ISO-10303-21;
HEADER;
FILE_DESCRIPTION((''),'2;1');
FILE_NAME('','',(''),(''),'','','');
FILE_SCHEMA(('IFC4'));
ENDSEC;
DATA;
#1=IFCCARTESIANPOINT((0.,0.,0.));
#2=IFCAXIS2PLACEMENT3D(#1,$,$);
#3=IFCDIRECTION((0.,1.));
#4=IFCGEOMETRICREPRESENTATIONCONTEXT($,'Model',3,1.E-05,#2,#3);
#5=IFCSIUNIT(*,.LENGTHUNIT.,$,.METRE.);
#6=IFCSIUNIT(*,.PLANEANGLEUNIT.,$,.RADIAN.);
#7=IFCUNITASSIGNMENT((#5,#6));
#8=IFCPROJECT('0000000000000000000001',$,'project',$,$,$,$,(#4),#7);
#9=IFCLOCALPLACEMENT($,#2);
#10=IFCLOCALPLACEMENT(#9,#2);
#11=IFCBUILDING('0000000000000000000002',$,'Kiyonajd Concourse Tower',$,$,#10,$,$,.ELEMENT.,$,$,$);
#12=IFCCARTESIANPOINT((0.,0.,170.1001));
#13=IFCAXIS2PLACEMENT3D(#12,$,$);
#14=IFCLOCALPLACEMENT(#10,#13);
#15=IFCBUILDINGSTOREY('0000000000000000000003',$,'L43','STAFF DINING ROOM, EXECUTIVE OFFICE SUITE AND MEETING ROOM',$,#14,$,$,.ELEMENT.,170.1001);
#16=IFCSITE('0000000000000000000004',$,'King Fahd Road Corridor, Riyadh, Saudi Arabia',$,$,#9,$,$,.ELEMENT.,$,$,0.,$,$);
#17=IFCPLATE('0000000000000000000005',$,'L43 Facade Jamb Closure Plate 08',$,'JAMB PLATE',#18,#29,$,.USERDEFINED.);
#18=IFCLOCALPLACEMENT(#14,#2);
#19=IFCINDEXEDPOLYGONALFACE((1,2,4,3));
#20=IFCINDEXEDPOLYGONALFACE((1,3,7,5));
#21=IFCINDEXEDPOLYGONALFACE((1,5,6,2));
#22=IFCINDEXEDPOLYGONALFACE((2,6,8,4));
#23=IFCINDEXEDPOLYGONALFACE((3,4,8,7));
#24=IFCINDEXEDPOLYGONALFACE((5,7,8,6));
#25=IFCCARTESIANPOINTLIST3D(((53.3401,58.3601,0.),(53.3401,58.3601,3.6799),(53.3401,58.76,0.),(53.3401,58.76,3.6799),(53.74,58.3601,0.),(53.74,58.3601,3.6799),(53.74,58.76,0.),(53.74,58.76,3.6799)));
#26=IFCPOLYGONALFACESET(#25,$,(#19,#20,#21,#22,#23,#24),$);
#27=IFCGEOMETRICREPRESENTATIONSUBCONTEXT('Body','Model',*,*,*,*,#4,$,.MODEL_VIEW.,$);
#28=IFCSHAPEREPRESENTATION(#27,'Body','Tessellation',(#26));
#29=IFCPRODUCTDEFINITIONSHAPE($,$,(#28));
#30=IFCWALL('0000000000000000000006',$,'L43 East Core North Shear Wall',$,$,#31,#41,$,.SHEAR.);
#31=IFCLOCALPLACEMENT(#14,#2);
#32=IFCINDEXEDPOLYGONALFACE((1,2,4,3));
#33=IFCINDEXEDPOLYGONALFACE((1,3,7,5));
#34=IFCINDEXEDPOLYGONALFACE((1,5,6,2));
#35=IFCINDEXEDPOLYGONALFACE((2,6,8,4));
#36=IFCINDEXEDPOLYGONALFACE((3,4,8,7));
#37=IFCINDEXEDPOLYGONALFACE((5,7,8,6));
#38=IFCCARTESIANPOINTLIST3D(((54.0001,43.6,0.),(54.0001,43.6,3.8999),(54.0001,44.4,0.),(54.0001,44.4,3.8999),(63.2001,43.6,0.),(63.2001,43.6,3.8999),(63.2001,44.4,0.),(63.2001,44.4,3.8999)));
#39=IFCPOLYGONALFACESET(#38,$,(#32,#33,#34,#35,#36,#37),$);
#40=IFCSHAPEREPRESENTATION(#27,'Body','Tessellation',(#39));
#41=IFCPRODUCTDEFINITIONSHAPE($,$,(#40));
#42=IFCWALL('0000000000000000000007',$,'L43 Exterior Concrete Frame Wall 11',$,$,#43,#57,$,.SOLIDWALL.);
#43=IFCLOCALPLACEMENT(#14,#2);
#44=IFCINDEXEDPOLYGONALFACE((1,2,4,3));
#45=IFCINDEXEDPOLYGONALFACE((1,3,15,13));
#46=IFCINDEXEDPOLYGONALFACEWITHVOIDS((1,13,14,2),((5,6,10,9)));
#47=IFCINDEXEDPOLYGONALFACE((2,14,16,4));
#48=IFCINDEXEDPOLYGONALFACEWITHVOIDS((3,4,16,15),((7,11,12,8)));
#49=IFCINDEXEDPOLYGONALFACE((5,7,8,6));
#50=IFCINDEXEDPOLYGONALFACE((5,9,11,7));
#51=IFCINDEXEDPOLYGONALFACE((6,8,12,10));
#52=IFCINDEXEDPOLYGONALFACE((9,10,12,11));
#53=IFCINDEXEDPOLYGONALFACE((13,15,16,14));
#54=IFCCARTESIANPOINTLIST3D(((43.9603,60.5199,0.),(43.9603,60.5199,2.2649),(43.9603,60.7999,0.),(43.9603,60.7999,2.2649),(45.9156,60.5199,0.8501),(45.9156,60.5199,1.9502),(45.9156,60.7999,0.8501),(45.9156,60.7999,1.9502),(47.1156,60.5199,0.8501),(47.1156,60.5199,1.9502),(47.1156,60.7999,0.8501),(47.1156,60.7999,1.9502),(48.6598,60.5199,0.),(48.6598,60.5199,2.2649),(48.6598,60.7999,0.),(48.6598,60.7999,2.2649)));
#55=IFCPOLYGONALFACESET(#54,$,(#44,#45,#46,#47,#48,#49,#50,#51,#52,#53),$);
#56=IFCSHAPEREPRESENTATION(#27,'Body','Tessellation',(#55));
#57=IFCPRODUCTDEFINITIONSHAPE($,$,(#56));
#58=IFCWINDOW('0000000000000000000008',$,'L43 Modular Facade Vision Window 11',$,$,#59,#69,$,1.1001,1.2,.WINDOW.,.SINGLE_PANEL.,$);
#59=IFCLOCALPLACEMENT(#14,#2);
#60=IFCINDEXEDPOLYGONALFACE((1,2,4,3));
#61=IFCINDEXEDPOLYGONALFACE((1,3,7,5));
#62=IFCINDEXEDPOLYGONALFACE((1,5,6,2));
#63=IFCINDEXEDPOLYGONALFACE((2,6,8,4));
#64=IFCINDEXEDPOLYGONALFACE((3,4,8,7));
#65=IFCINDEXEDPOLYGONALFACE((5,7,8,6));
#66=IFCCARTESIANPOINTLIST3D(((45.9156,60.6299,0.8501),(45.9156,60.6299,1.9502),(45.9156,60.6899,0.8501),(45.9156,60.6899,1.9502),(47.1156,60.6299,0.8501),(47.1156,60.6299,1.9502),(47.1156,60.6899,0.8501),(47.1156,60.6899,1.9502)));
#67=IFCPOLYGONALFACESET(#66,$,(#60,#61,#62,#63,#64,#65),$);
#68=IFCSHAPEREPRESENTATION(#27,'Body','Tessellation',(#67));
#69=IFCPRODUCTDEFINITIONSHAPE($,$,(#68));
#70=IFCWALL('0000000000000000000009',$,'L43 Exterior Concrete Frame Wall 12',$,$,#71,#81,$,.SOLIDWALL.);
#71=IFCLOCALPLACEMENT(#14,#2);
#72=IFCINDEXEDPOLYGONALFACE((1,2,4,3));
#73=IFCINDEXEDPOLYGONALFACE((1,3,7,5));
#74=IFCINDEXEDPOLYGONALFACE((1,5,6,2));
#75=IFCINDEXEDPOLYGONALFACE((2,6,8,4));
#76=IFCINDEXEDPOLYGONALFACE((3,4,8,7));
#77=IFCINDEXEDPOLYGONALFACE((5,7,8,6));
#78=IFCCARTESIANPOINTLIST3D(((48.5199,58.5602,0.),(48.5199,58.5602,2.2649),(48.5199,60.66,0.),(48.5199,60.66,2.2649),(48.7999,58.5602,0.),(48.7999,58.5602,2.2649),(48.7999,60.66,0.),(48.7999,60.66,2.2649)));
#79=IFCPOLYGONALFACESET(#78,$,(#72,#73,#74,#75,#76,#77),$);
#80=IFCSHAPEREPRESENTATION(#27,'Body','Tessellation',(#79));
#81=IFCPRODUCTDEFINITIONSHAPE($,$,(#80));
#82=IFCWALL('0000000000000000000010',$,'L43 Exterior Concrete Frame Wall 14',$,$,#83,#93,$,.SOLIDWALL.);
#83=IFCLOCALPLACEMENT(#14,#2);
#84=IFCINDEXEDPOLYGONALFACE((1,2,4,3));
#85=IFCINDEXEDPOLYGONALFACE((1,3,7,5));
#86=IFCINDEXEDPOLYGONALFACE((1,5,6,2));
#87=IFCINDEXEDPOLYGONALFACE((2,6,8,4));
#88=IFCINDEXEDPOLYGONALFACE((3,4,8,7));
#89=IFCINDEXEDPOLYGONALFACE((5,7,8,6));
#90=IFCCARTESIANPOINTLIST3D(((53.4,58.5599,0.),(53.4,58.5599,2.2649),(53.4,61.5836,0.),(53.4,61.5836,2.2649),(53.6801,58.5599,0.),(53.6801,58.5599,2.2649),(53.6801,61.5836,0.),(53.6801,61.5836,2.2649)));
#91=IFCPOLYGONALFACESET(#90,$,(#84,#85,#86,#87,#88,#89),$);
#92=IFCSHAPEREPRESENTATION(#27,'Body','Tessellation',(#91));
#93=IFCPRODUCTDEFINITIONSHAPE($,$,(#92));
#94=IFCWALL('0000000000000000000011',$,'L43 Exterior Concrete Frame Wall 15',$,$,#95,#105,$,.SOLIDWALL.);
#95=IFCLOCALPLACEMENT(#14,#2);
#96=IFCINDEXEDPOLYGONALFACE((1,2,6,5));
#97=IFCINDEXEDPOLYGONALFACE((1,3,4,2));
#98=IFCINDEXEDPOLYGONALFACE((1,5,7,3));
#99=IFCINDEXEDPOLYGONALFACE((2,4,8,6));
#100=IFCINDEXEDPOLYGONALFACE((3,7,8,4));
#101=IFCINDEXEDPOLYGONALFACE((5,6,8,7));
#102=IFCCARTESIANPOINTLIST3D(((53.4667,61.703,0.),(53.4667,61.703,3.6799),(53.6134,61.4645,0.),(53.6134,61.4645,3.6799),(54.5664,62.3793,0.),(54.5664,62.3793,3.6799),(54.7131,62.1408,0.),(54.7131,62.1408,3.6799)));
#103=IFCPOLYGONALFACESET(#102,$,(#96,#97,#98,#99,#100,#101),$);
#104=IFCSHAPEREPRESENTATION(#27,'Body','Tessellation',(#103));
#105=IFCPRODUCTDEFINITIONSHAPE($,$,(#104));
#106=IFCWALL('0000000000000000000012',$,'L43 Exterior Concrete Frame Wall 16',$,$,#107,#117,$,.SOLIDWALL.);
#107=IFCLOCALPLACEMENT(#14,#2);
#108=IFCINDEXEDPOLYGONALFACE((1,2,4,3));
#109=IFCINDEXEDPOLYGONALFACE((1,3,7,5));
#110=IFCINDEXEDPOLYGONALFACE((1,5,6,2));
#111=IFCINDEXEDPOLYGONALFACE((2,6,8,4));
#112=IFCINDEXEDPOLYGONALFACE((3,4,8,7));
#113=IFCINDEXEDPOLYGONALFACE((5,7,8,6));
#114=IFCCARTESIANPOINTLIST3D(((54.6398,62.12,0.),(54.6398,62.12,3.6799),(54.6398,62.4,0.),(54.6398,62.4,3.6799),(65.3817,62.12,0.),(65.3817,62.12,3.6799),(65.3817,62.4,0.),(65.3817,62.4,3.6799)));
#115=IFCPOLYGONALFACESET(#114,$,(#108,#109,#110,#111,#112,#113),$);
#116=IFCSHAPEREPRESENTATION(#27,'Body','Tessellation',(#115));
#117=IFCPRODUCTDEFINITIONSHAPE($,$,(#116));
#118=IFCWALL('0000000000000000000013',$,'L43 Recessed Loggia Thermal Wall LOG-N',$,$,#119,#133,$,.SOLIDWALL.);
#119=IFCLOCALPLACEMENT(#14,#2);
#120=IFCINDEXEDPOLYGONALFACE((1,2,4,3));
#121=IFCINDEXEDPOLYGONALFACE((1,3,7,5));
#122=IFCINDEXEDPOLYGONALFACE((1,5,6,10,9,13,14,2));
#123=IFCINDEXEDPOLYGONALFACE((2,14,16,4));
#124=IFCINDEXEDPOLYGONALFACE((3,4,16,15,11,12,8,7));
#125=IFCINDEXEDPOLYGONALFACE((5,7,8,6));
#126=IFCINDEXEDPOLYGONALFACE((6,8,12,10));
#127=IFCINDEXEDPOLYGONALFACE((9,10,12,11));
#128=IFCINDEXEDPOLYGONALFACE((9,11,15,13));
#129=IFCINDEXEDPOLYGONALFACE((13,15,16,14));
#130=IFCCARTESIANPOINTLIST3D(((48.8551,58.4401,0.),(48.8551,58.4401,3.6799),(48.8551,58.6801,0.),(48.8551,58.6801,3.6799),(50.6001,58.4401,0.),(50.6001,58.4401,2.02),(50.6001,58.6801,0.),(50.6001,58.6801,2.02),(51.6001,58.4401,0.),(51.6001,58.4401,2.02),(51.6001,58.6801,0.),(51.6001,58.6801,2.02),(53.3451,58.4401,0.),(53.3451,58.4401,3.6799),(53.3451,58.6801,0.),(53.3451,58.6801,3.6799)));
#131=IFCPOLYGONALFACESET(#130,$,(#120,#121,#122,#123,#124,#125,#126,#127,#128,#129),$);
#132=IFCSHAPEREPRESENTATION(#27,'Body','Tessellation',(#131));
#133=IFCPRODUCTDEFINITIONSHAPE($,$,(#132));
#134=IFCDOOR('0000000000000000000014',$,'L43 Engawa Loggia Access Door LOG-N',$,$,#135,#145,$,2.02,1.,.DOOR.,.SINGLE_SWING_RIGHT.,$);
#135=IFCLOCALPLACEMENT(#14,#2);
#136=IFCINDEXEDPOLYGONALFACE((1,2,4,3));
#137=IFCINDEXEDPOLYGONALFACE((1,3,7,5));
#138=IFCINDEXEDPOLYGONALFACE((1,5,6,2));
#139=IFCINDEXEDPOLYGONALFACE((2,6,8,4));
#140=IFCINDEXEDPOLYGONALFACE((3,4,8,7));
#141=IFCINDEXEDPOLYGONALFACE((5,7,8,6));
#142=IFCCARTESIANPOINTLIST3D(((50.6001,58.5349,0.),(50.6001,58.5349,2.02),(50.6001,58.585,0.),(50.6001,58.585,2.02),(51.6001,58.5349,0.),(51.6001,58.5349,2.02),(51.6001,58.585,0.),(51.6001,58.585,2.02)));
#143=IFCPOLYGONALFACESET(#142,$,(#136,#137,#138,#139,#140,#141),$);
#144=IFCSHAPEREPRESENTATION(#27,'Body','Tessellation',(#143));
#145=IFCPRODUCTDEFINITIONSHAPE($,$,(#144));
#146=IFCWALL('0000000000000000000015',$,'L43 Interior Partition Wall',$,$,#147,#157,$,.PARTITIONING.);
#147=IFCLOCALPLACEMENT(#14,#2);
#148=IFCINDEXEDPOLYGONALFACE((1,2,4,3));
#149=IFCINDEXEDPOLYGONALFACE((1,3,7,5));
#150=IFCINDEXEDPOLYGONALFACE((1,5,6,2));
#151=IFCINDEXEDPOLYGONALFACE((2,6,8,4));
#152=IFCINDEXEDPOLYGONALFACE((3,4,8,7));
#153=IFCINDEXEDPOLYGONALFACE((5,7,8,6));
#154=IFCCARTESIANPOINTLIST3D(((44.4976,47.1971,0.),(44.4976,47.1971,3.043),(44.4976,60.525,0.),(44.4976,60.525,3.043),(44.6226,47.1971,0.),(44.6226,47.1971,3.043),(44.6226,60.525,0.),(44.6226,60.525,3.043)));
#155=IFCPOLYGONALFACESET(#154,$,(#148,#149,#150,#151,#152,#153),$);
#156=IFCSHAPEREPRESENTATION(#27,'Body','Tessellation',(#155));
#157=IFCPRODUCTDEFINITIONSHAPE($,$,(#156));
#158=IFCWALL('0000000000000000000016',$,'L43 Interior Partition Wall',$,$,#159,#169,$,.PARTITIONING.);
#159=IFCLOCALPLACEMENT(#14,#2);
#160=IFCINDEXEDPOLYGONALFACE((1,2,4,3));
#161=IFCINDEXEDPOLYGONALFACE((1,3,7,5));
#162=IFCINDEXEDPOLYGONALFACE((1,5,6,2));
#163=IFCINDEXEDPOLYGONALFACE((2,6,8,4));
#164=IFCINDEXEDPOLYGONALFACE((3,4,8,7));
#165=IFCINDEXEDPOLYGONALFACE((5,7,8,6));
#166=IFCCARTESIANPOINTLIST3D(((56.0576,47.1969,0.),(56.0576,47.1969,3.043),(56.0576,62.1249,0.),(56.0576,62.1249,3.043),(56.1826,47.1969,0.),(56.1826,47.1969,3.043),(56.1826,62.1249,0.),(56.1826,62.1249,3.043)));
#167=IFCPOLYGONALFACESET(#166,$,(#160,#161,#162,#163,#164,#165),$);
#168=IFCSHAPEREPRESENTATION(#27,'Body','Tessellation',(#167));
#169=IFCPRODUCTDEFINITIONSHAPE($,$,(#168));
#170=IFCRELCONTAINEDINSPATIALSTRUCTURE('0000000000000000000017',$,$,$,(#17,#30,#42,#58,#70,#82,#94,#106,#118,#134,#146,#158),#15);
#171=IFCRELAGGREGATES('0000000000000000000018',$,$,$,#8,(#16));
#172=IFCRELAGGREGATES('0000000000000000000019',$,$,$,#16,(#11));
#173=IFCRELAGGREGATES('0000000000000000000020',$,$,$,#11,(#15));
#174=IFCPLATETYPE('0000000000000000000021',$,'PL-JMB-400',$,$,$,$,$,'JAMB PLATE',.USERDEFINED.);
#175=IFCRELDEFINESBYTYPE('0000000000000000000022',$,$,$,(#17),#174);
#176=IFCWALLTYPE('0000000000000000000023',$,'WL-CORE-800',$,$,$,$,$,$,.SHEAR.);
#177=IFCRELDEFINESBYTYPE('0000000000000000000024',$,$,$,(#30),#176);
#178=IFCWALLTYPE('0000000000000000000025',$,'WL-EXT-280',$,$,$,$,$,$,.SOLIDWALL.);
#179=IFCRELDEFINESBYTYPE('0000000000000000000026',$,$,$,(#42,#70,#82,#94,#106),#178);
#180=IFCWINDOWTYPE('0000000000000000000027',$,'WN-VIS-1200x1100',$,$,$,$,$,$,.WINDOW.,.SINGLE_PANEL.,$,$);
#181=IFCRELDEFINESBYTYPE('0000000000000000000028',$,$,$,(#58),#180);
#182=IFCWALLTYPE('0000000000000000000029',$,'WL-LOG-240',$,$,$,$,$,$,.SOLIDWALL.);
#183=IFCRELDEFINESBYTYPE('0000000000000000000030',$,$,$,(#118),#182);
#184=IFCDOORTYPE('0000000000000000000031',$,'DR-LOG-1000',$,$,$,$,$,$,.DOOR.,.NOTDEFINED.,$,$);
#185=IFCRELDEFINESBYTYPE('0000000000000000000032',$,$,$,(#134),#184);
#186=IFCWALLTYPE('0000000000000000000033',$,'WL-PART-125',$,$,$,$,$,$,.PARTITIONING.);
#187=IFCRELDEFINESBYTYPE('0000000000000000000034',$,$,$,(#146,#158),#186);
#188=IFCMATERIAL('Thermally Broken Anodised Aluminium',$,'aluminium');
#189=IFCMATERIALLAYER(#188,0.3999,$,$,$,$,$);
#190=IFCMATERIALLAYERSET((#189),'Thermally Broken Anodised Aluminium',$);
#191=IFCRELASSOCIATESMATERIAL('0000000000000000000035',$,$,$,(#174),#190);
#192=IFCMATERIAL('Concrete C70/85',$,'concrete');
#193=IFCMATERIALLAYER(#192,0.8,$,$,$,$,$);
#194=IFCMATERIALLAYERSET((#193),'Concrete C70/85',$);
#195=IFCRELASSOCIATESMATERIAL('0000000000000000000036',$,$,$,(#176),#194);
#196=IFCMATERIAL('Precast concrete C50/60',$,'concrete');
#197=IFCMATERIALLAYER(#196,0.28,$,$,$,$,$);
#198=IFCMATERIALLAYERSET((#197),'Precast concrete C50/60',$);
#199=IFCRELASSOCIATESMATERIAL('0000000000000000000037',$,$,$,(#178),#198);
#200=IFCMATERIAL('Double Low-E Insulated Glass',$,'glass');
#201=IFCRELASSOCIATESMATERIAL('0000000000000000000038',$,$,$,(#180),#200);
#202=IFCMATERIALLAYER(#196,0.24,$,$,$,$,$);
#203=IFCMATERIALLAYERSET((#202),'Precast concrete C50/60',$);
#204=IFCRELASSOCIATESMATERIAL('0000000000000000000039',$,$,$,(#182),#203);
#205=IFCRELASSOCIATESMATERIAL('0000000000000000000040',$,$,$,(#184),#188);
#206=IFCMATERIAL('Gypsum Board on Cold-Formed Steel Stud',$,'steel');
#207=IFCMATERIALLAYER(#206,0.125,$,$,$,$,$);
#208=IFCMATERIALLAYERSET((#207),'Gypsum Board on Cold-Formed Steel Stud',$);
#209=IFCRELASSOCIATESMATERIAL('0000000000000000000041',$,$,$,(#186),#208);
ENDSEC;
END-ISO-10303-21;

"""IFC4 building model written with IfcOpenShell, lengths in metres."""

from ifc_helpers import new_model, si_unit, direction, frame, frame_2d, origin, origin_2d, place, context, subcontext, project, spatial, rectangle, extrude, material, layer, layer_set, type_object, element, fill, save


model = new_model("IFC4")

# Units and contexts
model_context = context("Model", 3, precision=1e-05, world=origin(), true_north=direction((0.0, 1.0)))
body_context = subcontext(model_context, "Body", "Model", "MODEL_VIEW")
ifc_project = project(units=[si_unit("LENGTHUNIT", "METRE"), si_unit("PLANEANGLEUNIT", "RADIAN")], contexts=[model_context])

# Site, building, storey
site_placement = place(None, origin())
site = spatial("IfcSite", under=ifc_project, at=site_placement, Name="King Fahd Road Corridor, Riyadh, Saudi Arabia", CompositionType="ELEMENT", RefElevation=0.0)
building_placement = place(site_placement, origin())
building = spatial("IfcBuilding", under=site, at=building_placement, Name="Kiyonajd Concourse Tower", CompositionType="ELEMENT")
storey_placement = place(building_placement, frame((0.0, 0.0, 170.1001)))
storey = spatial("IfcBuildingStorey", under=building, at=storey_placement, Name="L43", Description="STAFF DINING ROOM, EXECUTIVE OFFICE SUITE AND MEETING ROOM", CompositionType="ELEMENT", Elevation=170.1001)

# Shared definitions
ifc_material_1 = material(Name="Concrete C70/85", Category="concrete")

# Plate
ifc_material_2 = material(Name="Thermally Broken Anodised Aluminium", Category="aluminium")
ifc_layer_1 = layer(ifc_material_2, 0.3999)
ifc_layer_set_1 = layer_set([ifc_layer_1], Name="Thermally Broken Anodised Aluminium")
plate_type_1 = type_object("IfcPlateType", Name="PL-JMB-400", ElementType="JAMB PLATE", PredefinedType="USERDEFINED", material=ifc_layer_set_1)
for number, where, z_axis, x_axis, name in (
    (1, (53.54, 58.5601, 0.0), (0.0, 0.0, 1.0), (1.0, 0.0, 0.0), "L43 Facade Jamb Closure Plate 08"),
):
    element("IfcPlate", number, at=place(storey_placement, frame(where, z_axis=z_axis, x_axis=x_axis)), inside=storey, type_object=plate_type_1, Name=name, ObjectType="JAMB PLATE", PredefinedType="USERDEFINED", context=body_context, shape_type="SweptSolid", body=[
        extrude(rectangle(XDim=0.3999, YDim=0.3999, at=origin_2d()), origin(), (0.0, 0.0, 1.0), 3.6799),
    ])

# Wall
ifc_layer_2 = layer(ifc_material_1, 0.8)
ifc_layer_set_2 = layer_set([ifc_layer_2], Name="Concrete C70/85")
wall_type_1 = type_object("IfcWallType", Name="WL-CORE-800", PredefinedType="SHEAR", material=ifc_layer_set_2)
wall_1_placement = place(storey_placement, frame((54.0, 44.0, 0.0), z_axis=(0.0, 0.0, 1.0), x_axis=(1.0, 0.0, 0.0)))
element("IfcWall", 2, at=wall_1_placement, inside=storey, type_object=wall_type_1, Name="L43 East Core North Shear Wall", PredefinedType="SHEAR", context=body_context, shape_type="SweptSolid", body=[
    extrude(rectangle(XDim=9.2, YDim=0.8, at=frame_2d((4.6001, 0.0))), origin(), (0.0, 0.0, 1.0), 3.8999),
])

# Wall, opening, window
ifc_material_3 = material(Name="Precast concrete C50/60", Category="concrete")
ifc_layer_3 = layer(ifc_material_3, 0.28)
ifc_layer_set_3 = layer_set([ifc_layer_3], Name="Precast concrete C50/60")
wall_type_2 = type_object("IfcWallType", Name="WL-EXT-280", PredefinedType="SOLIDWALL", material=ifc_layer_set_3)
wall_2_placement = place(storey_placement, frame((43.9604, 60.6599, 0.0), z_axis=(0.0, 0.0, 1.0), x_axis=(1.0, 0.0, 0.0)))
wall_2 = element("IfcWall", 3, at=wall_2_placement, inside=storey, type_object=wall_type_2, Name="L43 Exterior Concrete Frame Wall 11", PredefinedType="SOLIDWALL", context=body_context, shape_type="SweptSolid", body=[
    extrude(rectangle(XDim=4.6995, YDim=0.28, at=frame_2d((2.3496, 0.0))), origin(), (0.0, 0.0, 1.0), 2.2649),
])
opening_1_placement = place(wall_2_placement, frame((1.9551, 0.0, 0.8501)))
opening_1 = element("IfcOpeningElement", 4, at=opening_1_placement, cuts=wall_2, PredefinedType="OPENING", context=body_context, shape_type="SweptSolid", body=[
    extrude(rectangle(XDim=1.2, YDim=1.1001, at=frame_2d((0.6001, 0.55))), frame((0.0, 0.1499, 0.0), z_axis=(0.0, -1.0, 0.0), x_axis=(1.0, 0.0, 0.0)), (0.0, 0.0, 1.0), 0.3),
])
ifc_material_4 = material(Name="Double Low-E Insulated Glass", Category="glass")
window_type = type_object("IfcWindowType", Name="WN-VIS-1200x1100", PartitioningType="SINGLE_PANEL", PredefinedType="WINDOW", material=ifc_material_4)
window_placement = place(opening_1_placement, origin())
window = element("IfcWindow", 5, at=window_placement, inside=storey, type_object=window_type, Name="L43 Modular Facade Vision Window 11", OverallHeight=1.1001, OverallWidth=1.2, PartitioningType="SINGLE_PANEL", PredefinedType="WINDOW", context=body_context, shape_type="SweptSolid", body=[
    extrude(rectangle(XDim=1.2, YDim=1.1001, at=frame_2d((0.6001, 0.55))), frame((0.0, 0.03, 0.0), z_axis=(0.0, -1.0, 0.0), x_axis=(1.0, 0.0, 0.0)), (0.0, 0.0, 1.0), 0.0601),
])
fill(opening_1, window)

# Walls
wall_3_placement = place(storey_placement, frame((48.6599, 60.6599, 0.0), z_axis=(0.0, 0.0, 1.0), x_axis=(0.0, -1.0, 0.0)))
element("IfcWall", 6, at=wall_3_placement, inside=storey, type_object=wall_type_2, Name="L43 Exterior Concrete Frame Wall 12", PredefinedType="SOLIDWALL", context=body_context, shape_type="SweptSolid", body=[
    extrude(rectangle(XDim=2.0999, YDim=0.28, at=frame_2d((1.0498, 0.0))), origin(), (0.0, 0.0, 1.0), 2.2649),
])
wall_4_placement = place(storey_placement, frame((53.54, 58.5601, 0.0), z_axis=(0.0, 0.0, 1.0), x_axis=(0.0, 1.0, 0.0)))
element("IfcWall", 7, at=wall_4_placement, inside=storey, type_object=wall_type_2, Name="L43 Exterior Concrete Frame Wall 14", PredefinedType="SOLIDWALL", context=body_context, shape_type="SweptSolid", body=[
    extrude(rectangle(XDim=3.0237, YDim=0.28, at=frame_2d((1.5117, 0.0))), origin(), (0.0, 0.0, 1.0), 2.2649),
])
wall_5_placement = place(storey_placement, frame((53.54, 61.5837, 0.0), z_axis=(0.0, 0.0, 1.0), x_axis=(0.851801, 0.523865, 0.0)))
element("IfcWall", 8, at=wall_5_placement, inside=storey, type_object=wall_type_2, Name="L43 Exterior Concrete Frame Wall 15", PredefinedType="SOLIDWALL", context=body_context, shape_type="SweptSolid", body=[
    extrude(rectangle(XDim=1.291, YDim=0.28, at=frame_2d((0.6455, 0.0))), origin(), (0.0, 0.0, 1.0), 3.6799),
])
wall_6_placement = place(storey_placement, frame((54.6396, 62.26, 0.0), z_axis=(0.0, 0.0, 1.0), x_axis=(1.0, 0.0, 0.0)))
element("IfcWall", 9, at=wall_6_placement, inside=storey, type_object=wall_type_2, Name="L43 Exterior Concrete Frame Wall 16", PredefinedType="SOLIDWALL", context=body_context, shape_type="SweptSolid", body=[
    extrude(rectangle(XDim=10.7419, YDim=0.28, at=frame_2d((5.3711, 0.0))), origin(), (0.0, 0.0, 1.0), 3.6799),
])

# Wall, opening, door
ifc_layer_4 = layer(ifc_material_3, 0.24)
ifc_layer_set_4 = layer_set([ifc_layer_4], Name="Precast concrete C50/60")
wall_type_3 = type_object("IfcWallType", Name="WL-LOG-240", PredefinedType="SOLIDWALL", material=ifc_layer_set_4)
wall_7_placement = place(storey_placement, frame((48.855, 58.5601, 0.0), z_axis=(0.0, 0.0, 1.0), x_axis=(1.0, 0.0, 0.0)))
wall_7 = element("IfcWall", 10, at=wall_7_placement, inside=storey, type_object=wall_type_3, Name="L43 Recessed Loggia Thermal Wall LOG-N", PredefinedType="SOLIDWALL", context=body_context, shape_type="SweptSolid", body=[
    extrude(rectangle(XDim=4.49, YDim=0.24, at=frame_2d((2.2451, 0.0))), origin(), (0.0, 0.0, 1.0), 3.6799),
])
opening_2_placement = place(wall_7_placement, frame((1.7451, 0.0, 0.0)))
opening_2 = element("IfcOpeningElement", 11, at=opening_2_placement, cuts=wall_7, PredefinedType="OPENING", context=body_context, shape_type="SweptSolid", body=[
    extrude(rectangle(XDim=1.0, YDim=2.02, at=frame_2d((0.5, 1.01))), frame((0.0, 0.1299, 0.0), z_axis=(0.0, -1.0, 0.0), x_axis=(1.0, 0.0, 0.0)), (0.0, 0.0, 1.0), 0.26),
])
door_type = type_object("IfcDoorType", Name="DR-LOG-1000", OperationType="NOTDEFINED", PredefinedType="DOOR", material=ifc_material_2)
door_placement = place(opening_2_placement, origin())
door = element("IfcDoor", 12, at=door_placement, inside=storey, type_object=door_type, Name="L43 Engawa Loggia Access Door LOG-N", OperationType="SINGLE_SWING_RIGHT", OverallHeight=2.02, OverallWidth=1.0, PredefinedType="DOOR", context=body_context, shape_type="SweptSolid", body=[
    extrude(rectangle(XDim=1.0, YDim=2.02, at=frame_2d((0.5, 1.01))), frame((0.0, 0.0249, 0.0), z_axis=(0.0, -1.0, 0.0), x_axis=(1.0, 0.0, 0.0)), (0.0, 0.0, 1.0), 0.05),
])
fill(opening_2, door)

# Walls
ifc_material_5 = material(Name="Gypsum Board on Cold-Formed Steel Stud", Category="steel")
ifc_layer_5 = layer(ifc_material_5, 0.125)
ifc_layer_set_5 = layer_set([ifc_layer_5], Name="Gypsum Board on Cold-Formed Steel Stud")
wall_type_4 = type_object("IfcWallType", Name="WL-PART-125", PredefinedType="PARTITIONING", material=ifc_layer_set_5)
wall_8_placement = place(storey_placement, frame((44.5601, 47.197, 0.0), z_axis=(0.0, 0.0, 1.0), x_axis=(0.0, 1.0, 0.0)))
element("IfcWall", 13, at=wall_8_placement, inside=storey, type_object=wall_type_4, Name="L43 Interior Partition Wall", PredefinedType="PARTITIONING", context=body_context, shape_type="SweptSolid", body=[
    extrude(rectangle(XDim=13.3279, YDim=0.125, at=frame_2d((6.6641, 0.0))), origin(), (0.0, 0.0, 1.0), 3.043),
])
wall_9_placement = place(storey_placement, frame((56.1201, 47.197, 0.0), z_axis=(0.0, 0.0, 1.0), x_axis=(0.0, 1.0, 0.0)))
element("IfcWall", 14, at=wall_9_placement, inside=storey, type_object=wall_type_4, Name="L43 Interior Partition Wall", PredefinedType="PARTITIONING", context=body_context, shape_type="SweptSolid", body=[
    extrude(rectangle(XDim=14.928, YDim=0.125, at=frame_2d((7.4639, 0.0))), origin(), (0.0, 0.0, 1.0), 3.043),
])

save(model, "model.ifc")
